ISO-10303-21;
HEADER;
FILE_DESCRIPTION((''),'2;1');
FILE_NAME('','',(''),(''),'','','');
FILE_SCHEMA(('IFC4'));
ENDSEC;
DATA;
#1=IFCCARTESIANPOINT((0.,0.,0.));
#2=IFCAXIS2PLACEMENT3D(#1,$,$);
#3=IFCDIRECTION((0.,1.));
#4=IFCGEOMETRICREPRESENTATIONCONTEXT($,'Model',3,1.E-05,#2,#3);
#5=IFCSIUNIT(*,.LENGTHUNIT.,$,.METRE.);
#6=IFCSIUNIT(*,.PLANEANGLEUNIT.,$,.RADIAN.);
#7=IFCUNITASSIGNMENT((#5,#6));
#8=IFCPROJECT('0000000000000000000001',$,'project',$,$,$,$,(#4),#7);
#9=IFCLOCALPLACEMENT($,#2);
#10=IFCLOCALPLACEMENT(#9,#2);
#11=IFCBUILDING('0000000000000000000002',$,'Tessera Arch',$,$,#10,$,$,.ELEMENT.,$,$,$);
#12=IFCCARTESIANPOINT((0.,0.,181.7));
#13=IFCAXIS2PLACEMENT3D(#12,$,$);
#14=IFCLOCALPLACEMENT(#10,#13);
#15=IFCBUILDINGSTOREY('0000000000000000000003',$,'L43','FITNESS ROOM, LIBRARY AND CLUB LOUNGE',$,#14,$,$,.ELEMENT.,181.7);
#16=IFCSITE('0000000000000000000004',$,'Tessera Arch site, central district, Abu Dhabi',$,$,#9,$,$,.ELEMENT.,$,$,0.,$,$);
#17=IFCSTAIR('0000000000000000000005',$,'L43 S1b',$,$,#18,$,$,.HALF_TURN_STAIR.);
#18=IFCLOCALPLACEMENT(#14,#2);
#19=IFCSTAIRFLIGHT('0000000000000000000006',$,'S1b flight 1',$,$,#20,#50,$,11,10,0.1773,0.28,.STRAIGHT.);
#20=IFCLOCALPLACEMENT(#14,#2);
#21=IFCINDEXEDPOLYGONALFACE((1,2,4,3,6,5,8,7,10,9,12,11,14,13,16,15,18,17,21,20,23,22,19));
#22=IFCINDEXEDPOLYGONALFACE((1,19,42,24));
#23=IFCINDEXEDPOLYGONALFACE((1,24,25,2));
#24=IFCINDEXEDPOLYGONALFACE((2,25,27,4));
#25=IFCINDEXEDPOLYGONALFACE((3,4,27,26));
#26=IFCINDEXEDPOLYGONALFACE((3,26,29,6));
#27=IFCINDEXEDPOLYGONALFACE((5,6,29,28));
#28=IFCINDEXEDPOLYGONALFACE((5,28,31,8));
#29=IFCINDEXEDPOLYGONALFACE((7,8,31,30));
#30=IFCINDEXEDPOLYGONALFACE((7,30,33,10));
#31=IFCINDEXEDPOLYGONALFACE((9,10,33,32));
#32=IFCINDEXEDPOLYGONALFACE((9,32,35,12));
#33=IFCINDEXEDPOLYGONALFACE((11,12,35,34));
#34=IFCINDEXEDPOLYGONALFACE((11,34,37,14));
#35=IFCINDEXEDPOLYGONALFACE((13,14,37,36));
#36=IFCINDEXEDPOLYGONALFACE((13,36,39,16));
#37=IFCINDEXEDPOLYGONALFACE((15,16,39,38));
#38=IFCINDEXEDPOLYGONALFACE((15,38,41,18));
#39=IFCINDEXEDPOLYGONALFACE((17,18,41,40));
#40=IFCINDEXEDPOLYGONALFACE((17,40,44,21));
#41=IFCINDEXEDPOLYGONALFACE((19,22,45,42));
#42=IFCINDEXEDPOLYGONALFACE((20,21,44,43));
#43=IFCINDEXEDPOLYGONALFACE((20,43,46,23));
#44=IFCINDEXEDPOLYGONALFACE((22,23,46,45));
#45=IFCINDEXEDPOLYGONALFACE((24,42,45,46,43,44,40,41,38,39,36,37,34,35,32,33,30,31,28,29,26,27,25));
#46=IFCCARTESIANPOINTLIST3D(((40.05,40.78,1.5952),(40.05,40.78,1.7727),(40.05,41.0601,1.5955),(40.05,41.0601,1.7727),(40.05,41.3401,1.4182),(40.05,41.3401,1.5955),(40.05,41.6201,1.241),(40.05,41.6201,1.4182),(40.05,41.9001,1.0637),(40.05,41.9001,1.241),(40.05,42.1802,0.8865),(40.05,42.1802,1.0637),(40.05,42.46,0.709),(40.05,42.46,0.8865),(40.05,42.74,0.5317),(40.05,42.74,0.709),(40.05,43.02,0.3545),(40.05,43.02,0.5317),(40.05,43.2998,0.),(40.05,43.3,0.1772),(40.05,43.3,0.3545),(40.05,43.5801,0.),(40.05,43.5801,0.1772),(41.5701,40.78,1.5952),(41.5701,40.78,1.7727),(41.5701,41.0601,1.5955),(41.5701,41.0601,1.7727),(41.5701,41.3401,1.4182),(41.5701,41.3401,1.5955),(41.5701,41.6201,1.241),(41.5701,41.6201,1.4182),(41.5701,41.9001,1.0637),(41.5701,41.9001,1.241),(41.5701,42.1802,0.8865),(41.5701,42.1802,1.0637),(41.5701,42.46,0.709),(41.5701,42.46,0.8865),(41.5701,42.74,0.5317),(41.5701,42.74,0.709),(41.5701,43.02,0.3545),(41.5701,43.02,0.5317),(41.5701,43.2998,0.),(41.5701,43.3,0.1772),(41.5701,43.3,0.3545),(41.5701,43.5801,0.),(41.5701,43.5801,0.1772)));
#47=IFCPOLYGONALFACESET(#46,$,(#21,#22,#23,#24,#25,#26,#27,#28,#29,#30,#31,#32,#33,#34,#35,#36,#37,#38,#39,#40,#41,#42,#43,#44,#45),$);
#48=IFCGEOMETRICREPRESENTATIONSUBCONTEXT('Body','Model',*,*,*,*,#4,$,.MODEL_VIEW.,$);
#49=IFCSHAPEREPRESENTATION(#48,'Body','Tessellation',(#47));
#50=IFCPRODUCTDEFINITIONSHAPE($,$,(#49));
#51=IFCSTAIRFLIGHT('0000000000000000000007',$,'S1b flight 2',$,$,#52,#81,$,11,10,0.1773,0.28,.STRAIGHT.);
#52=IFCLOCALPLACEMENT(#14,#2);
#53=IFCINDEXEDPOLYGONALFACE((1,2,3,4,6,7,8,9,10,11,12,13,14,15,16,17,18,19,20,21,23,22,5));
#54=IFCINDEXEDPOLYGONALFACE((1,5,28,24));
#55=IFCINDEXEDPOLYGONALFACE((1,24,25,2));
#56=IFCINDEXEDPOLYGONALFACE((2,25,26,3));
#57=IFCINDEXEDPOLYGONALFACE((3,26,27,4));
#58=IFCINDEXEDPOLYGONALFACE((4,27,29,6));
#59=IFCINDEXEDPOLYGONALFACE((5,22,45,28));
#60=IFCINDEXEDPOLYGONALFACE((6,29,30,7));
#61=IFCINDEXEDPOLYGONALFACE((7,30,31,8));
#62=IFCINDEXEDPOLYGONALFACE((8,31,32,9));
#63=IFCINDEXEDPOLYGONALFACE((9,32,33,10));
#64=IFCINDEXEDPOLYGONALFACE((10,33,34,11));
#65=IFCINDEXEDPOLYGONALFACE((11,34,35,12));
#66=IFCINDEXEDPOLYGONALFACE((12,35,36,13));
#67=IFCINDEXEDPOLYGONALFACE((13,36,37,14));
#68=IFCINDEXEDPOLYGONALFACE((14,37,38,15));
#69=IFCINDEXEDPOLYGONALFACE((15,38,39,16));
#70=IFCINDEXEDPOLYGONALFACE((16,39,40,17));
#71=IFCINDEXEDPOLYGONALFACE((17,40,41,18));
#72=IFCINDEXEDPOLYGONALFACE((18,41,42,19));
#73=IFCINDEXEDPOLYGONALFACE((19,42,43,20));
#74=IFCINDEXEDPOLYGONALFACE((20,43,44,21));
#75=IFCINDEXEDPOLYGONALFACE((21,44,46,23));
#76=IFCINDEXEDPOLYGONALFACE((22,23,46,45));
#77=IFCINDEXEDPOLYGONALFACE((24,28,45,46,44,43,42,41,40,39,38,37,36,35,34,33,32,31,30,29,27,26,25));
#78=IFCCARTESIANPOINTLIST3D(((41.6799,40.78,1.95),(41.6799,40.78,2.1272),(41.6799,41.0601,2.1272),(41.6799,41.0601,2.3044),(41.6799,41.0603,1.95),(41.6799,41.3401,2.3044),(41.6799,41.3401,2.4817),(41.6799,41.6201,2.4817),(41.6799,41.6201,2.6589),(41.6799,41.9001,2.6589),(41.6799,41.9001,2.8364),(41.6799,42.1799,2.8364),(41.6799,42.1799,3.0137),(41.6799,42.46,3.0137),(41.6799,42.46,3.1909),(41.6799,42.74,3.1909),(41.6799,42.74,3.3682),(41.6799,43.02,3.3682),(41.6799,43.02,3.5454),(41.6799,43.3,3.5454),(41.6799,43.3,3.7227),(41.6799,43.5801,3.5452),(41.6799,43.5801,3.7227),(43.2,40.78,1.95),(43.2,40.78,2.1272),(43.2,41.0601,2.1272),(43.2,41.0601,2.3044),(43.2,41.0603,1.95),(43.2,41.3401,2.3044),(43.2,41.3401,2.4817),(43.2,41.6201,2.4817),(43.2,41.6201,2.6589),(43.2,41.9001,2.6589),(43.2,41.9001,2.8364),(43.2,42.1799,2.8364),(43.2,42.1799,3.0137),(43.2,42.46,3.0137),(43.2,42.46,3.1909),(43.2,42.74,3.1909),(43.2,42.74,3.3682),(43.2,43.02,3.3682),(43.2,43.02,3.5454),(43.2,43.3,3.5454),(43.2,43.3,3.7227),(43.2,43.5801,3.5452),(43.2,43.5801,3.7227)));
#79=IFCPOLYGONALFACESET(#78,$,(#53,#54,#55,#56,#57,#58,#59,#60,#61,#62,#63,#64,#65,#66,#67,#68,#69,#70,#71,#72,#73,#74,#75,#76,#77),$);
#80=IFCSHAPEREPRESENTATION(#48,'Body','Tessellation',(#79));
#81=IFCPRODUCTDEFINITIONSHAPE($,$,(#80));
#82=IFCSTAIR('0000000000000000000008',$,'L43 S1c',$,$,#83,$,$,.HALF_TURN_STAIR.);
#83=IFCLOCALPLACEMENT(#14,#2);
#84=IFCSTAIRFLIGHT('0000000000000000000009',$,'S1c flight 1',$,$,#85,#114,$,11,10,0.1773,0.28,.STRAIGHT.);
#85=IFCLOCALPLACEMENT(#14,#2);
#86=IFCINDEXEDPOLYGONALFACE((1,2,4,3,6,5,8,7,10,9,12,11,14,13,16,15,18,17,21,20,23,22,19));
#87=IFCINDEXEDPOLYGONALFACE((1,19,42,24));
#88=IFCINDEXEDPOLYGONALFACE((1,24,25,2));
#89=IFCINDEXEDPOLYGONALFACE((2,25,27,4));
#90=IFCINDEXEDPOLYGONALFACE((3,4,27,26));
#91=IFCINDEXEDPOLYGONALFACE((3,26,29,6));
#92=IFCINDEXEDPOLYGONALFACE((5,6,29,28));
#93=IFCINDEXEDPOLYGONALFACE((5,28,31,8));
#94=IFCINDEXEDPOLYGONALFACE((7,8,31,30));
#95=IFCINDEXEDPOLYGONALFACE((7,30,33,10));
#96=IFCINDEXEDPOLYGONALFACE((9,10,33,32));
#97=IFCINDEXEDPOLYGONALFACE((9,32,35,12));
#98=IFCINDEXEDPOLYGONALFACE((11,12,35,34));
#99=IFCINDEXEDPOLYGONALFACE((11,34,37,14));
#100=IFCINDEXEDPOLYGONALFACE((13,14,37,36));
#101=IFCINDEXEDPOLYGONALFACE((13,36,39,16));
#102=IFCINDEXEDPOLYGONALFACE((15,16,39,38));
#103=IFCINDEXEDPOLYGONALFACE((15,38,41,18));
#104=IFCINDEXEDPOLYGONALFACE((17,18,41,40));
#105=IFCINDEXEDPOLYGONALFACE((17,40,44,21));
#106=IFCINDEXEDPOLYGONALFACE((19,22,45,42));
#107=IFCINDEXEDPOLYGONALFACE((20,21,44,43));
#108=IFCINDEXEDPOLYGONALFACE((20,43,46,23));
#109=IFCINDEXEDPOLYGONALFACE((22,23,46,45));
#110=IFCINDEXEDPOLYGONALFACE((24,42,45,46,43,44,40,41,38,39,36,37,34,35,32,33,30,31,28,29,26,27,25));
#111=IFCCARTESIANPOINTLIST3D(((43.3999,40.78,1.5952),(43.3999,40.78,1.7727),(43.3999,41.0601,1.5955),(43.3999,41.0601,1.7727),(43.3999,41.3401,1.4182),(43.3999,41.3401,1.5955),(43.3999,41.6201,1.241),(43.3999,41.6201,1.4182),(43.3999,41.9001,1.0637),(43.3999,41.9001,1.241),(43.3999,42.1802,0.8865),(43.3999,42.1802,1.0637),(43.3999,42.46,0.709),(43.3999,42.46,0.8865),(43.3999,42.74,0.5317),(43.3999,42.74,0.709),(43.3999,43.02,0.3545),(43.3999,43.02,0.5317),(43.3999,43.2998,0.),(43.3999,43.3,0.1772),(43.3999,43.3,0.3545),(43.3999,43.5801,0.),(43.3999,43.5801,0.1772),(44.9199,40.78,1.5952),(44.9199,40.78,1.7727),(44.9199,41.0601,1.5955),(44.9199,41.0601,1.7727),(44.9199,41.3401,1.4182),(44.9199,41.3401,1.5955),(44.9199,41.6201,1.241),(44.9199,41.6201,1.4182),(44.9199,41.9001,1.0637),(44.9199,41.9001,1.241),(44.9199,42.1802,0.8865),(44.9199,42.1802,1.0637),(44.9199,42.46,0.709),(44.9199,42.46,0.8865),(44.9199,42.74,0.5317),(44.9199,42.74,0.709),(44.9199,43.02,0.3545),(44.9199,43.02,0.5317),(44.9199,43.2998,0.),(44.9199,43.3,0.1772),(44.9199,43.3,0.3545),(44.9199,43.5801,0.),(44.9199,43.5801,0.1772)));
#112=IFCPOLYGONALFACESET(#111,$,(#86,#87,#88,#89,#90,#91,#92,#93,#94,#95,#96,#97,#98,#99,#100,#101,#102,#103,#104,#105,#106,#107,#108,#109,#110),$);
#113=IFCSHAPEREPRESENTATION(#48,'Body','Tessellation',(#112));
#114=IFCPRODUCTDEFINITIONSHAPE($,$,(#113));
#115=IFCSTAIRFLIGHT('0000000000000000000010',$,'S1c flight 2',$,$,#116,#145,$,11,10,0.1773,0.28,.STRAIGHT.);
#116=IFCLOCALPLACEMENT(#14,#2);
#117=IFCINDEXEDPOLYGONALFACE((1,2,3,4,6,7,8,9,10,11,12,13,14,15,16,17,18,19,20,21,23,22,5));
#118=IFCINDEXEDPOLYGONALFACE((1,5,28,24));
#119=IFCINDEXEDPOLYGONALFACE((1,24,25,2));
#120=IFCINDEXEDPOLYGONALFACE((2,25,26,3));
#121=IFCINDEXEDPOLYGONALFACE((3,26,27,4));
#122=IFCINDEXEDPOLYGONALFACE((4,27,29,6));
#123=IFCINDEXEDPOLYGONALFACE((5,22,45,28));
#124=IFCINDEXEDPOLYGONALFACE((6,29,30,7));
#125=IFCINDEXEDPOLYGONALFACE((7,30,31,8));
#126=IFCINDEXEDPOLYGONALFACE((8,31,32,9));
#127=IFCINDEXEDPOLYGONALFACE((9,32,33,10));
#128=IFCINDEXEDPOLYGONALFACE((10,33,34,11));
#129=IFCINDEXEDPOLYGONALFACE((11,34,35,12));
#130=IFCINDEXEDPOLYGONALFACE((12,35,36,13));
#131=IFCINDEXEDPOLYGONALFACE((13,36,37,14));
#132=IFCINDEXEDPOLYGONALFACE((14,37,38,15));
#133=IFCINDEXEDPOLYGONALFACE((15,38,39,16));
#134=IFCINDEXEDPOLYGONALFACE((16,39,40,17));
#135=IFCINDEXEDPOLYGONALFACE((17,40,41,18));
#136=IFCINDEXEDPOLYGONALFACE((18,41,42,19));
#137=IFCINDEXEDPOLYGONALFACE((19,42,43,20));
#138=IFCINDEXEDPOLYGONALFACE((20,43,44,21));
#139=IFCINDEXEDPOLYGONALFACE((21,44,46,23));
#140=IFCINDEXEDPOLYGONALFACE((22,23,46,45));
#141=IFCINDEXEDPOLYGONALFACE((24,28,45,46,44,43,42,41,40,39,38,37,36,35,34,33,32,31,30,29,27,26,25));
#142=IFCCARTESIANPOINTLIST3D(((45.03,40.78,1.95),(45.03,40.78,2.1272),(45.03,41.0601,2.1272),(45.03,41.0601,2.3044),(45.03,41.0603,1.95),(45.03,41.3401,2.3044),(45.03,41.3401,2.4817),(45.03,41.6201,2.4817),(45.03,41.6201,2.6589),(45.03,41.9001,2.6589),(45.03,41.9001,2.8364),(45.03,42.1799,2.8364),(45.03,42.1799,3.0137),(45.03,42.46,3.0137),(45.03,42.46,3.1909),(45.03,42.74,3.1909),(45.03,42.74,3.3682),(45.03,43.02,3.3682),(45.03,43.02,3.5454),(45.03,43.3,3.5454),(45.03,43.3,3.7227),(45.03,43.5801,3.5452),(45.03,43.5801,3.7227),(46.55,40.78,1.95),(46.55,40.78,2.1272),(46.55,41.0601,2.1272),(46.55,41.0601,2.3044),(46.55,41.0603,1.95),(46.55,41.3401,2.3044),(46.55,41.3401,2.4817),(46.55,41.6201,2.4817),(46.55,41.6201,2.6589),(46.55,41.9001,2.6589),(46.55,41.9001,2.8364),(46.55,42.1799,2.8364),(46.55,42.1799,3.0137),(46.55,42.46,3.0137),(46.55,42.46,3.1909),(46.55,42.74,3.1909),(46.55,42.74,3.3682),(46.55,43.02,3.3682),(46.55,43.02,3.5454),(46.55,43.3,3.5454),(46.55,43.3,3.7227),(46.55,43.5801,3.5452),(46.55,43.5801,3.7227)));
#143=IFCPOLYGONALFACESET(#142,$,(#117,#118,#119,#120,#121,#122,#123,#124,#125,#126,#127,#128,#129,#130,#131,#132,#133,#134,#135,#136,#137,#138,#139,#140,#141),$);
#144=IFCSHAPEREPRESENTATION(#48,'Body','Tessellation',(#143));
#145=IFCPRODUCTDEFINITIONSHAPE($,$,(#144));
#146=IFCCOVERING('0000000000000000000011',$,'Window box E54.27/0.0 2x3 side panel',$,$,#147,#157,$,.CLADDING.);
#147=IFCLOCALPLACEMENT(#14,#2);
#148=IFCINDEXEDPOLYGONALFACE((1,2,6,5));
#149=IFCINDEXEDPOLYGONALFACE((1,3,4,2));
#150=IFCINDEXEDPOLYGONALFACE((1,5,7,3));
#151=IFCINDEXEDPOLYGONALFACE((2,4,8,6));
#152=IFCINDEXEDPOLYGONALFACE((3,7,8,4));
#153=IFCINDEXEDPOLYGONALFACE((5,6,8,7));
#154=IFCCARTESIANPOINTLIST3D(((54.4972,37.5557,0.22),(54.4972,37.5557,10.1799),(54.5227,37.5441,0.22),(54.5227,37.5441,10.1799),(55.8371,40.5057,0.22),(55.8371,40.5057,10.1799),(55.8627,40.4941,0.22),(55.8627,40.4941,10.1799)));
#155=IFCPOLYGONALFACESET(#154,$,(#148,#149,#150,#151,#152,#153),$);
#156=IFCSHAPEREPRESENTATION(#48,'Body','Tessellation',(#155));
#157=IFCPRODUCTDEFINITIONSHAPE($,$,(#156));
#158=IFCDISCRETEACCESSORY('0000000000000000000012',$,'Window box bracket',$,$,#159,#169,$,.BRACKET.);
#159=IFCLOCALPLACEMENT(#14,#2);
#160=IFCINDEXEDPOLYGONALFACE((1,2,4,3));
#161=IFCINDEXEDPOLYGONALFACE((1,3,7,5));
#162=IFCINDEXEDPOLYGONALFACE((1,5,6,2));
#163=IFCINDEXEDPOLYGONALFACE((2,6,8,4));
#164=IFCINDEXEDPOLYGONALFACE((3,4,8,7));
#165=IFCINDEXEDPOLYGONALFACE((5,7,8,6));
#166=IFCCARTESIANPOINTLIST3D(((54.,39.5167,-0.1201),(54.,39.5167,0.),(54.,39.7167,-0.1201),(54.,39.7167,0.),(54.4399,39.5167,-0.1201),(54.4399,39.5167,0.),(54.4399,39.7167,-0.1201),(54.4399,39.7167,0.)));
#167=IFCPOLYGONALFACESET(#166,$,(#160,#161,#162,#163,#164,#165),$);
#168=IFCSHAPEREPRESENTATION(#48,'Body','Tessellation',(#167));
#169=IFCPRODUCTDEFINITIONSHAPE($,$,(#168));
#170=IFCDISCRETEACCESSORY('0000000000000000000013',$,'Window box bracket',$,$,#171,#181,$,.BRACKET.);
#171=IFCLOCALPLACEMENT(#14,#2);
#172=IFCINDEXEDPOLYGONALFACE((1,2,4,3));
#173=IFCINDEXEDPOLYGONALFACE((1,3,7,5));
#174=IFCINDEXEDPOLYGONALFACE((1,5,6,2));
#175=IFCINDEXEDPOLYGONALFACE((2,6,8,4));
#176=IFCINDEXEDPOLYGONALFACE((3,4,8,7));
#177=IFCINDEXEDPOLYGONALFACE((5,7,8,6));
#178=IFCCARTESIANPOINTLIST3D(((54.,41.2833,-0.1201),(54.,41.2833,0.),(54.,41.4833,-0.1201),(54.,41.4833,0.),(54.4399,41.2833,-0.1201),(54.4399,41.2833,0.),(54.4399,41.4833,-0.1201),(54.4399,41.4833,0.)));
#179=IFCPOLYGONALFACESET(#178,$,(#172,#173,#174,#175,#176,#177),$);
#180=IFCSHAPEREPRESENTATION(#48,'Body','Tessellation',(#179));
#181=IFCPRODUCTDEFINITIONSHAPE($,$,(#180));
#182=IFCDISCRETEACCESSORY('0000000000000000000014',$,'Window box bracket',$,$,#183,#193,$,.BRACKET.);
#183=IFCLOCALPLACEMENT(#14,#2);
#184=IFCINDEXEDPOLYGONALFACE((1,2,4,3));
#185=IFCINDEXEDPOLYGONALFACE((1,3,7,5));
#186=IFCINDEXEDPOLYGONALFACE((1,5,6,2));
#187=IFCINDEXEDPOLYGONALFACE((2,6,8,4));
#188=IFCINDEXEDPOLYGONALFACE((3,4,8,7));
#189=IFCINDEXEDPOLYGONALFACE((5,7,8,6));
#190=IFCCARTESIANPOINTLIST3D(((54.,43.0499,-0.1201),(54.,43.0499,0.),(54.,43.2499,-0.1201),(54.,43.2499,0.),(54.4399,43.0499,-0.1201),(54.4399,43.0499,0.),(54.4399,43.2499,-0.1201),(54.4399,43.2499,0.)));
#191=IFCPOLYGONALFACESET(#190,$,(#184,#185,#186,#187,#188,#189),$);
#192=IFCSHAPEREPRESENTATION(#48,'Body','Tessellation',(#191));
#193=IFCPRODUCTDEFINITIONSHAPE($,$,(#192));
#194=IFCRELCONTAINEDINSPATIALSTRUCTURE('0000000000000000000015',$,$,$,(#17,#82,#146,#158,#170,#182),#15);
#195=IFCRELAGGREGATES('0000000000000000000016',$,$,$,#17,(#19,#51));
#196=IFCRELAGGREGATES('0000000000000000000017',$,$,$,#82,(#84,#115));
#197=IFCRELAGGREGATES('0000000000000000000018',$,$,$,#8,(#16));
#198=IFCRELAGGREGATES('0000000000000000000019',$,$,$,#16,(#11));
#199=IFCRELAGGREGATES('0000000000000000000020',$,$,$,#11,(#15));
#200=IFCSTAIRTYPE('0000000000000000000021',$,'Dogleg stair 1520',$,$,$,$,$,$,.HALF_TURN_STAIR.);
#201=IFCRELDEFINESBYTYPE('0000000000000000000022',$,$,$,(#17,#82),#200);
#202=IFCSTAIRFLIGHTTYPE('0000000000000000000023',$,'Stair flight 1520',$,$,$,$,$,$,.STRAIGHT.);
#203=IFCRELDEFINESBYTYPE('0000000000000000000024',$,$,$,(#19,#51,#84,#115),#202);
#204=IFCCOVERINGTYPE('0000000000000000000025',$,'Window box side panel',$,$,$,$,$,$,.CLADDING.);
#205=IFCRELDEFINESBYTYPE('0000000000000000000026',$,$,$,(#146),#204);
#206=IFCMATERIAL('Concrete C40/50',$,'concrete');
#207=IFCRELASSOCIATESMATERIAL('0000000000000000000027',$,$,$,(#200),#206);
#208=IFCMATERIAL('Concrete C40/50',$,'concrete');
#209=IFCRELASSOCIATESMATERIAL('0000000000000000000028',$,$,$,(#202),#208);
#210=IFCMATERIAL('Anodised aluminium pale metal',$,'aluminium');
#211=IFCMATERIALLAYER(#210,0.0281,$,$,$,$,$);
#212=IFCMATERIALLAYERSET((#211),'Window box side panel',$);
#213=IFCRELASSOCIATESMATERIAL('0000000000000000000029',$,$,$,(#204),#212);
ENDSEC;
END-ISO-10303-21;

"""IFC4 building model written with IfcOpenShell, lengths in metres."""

from ifc_helpers import new_model, si_unit, direction, frame, origin, origin_2d, place, context, subcontext, project, spatial, polyline, rectangle, outline, extrude, material, layer, layer_set, type_object, element, aggregate, save


model = new_model("IFC4")

# Units and contexts
model_context = context("Model", 3, precision=1e-05, world=origin(), true_north=direction((0.0, 1.0)))
body_context = subcontext(model_context, "Body", "Model", "MODEL_VIEW")
ifc_project = project(units=[si_unit("LENGTHUNIT", "METRE"), si_unit("PLANEANGLEUNIT", "RADIAN")], contexts=[model_context])

# Site, building, storey
site_placement = place(None, origin())
site = spatial("IfcSite", under=ifc_project, at=site_placement, Name="Tessera Arch site, central district, Abu Dhabi", CompositionType="ELEMENT", RefElevation=0.0)
building_placement = place(site_placement, origin())
building = spatial("IfcBuilding", under=site, at=building_placement, Name="Tessera Arch", CompositionType="ELEMENT")
storey_placement = place(building_placement, frame((0.0, 0.0, 181.7)))
storey = spatial("IfcBuildingStorey", under=building, at=storey_placement, Name="L43", Description="FITNESS ROOM, LIBRARY AND CLUB LOUNGE", CompositionType="ELEMENT", Elevation=181.7)

# Shared definitions
ifc_material_1 = material(Name="Concrete C40/50", Category="concrete")
stair_type = type_object("IfcStairType", Name="Dogleg stair 1520", PredefinedType="HALF_TURN_STAIR", material=ifc_material_1)
ifc_material_2 = material(Name="Concrete C40/50", Category="concrete")
stair_flight_type = type_object("IfcStairFlightType", Name="Stair flight 1520", PredefinedType="STRAIGHT", material=ifc_material_2)

# Stairs, stair flights
stair_1_placement = place(storey_placement, origin())
stair_1 = element("IfcStair", 1, at=stair_1_placement, inside=storey, type_object=stair_type, Name="L43 S1b", PredefinedType="HALF_TURN_STAIR")
stair_flight_1_placement = place(storey_placement, frame((40.8101, 43.5801, 0.0), z_axis=(0.0, 0.0, 1.0), x_axis=(0.0, -1.0, 0.0)))
stair_flight_1 = element("IfcStairFlight", 2, at=stair_flight_1_placement, type_object=stair_flight_type, Name="S1b flight 1", NumberOfRisers=11, NumberOfTreads=10, PredefinedType="STRAIGHT", RiserHeight=0.1773, TreadLength=0.28, context=body_context, shape_type="SweptSolid", body=[
    extrude(outline(polyline([(0.0, 0.0), (0.0, 0.1772), (0.28, 0.1772), (0.28, 0.3545), (0.5601, 0.3545), (0.5601, 0.5317), (0.8401, 0.5317), (0.8401, 0.709), (1.1201, 0.709), (1.1201, 0.8865), (1.3999, 0.8865), (1.3999, 1.0637), (1.6799, 1.0637), (1.6799, 1.241), (1.96, 1.241), (1.96, 1.4182), (2.24, 1.4182), (2.24, 1.5955), (2.52, 1.5955), (2.52, 1.7727), (2.8, 1.7727), (2.8, 1.95), (2.8, 1.5952), (0.2803, 0.0), (0.0, 0.0)])), frame((0.0, 0.76, 0.0), z_axis=(0.0, -1.0, 0.0), x_axis=(1.0, 0.0, 0.0)), (0.0, 0.0, 1.0), 1.52),
])
stair_flight_2_placement = place(storey_placement, frame((42.4399, 40.78, 1.95), z_axis=(0.0, 0.0, 1.0), x_axis=(0.0, 1.0, 0.0)))
stair_flight_2 = element("IfcStairFlight", 3, at=stair_flight_2_placement, type_object=stair_flight_type, Name="S1b flight 2", NumberOfRisers=11, NumberOfTreads=10, PredefinedType="STRAIGHT", RiserHeight=0.1773, TreadLength=0.28, context=body_context, shape_type="SweptSolid", body=[
    extrude(outline(polyline([(0.0, 0.0), (0.0, 0.1772), (0.28, 0.1772), (0.28, 0.3545), (0.5601, 0.3545), (0.5601, 0.5317), (0.8401, 0.5317), (0.8401, 0.709), (1.1201, 0.709), (1.1201, 0.8865), (1.3999, 0.8865), (1.3999, 1.0637), (1.6799, 1.0637), (1.6799, 1.241), (1.96, 1.241), (1.96, 1.4182), (2.24, 1.4182), (2.24, 1.5955), (2.52, 1.5955), (2.52, 1.7727), (2.8, 1.7727), (2.8, 1.95), (2.8, 1.5952), (0.2803, 0.0), (0.0, 0.0)])), frame((0.0, 0.76, 0.0), z_axis=(0.0, -1.0, 0.0), x_axis=(1.0, 0.0, 0.0)), (0.0, 0.0, 1.0), 1.52),
])
aggregate(stair_1, [stair_flight_1, stair_flight_2])
stair_2_placement = place(storey_placement, origin())
stair_2 = element("IfcStair", 4, at=stair_2_placement, inside=storey, type_object=stair_type, Name="L43 S1c", PredefinedType="HALF_TURN_STAIR")
stair_flight_3_placement = place(storey_placement, frame((44.1599, 43.5801, 0.0), z_axis=(0.0, 0.0, 1.0), x_axis=(0.0, -1.0, 0.0)))
stair_flight_3 = element("IfcStairFlight", 5, at=stair_flight_3_placement, type_object=stair_flight_type, Name="S1c flight 1", NumberOfRisers=11, NumberOfTreads=10, PredefinedType="STRAIGHT", RiserHeight=0.1773, TreadLength=0.28, context=body_context, shape_type="SweptSolid", body=[
    extrude(outline(polyline([(0.0, 0.0), (0.0, 0.1772), (0.28, 0.1772), (0.28, 0.3545), (0.5601, 0.3545), (0.5601, 0.5317), (0.8401, 0.5317), (0.8401, 0.709), (1.1201, 0.709), (1.1201, 0.8865), (1.3999, 0.8865), (1.3999, 1.0637), (1.6799, 1.0637), (1.6799, 1.241), (1.96, 1.241), (1.96, 1.4182), (2.24, 1.4182), (2.24, 1.5955), (2.52, 1.5955), (2.52, 1.7727), (2.8, 1.7727), (2.8, 1.95), (2.8, 1.5952), (0.2803, 0.0), (0.0, 0.0)])), frame((0.0, 0.76, 0.0), z_axis=(0.0, -1.0, 0.0), x_axis=(1.0, 0.0, 0.0)), (0.0, 0.0, 1.0), 1.52),
])
stair_flight_4_placement = place(storey_placement, frame((45.79, 40.78, 1.95), z_axis=(0.0, 0.0, 1.0), x_axis=(0.0, 1.0, 0.0)))
stair_flight_4 = element("IfcStairFlight", 6, at=stair_flight_4_placement, type_object=stair_flight_type, Name="S1c flight 2", NumberOfRisers=11, NumberOfTreads=10, PredefinedType="STRAIGHT", RiserHeight=0.1773, TreadLength=0.28, context=body_context, shape_type="SweptSolid", body=[
    extrude(outline(polyline([(0.0, 0.0), (0.0, 0.1772), (0.28, 0.1772), (0.28, 0.3545), (0.5601, 0.3545), (0.5601, 0.5317), (0.8401, 0.5317), (0.8401, 0.709), (1.1201, 0.709), (1.1201, 0.8865), (1.3999, 0.8865), (1.3999, 1.0637), (1.6799, 1.0637), (1.6799, 1.241), (1.96, 1.241), (1.96, 1.4182), (2.24, 1.4182), (2.24, 1.5955), (2.52, 1.5955), (2.52, 1.7727), (2.8, 1.7727), (2.8, 1.95), (2.8, 1.5952), (0.2803, 0.0), (0.0, 0.0)])), frame((0.0, 0.76, 0.0), z_axis=(0.0, -1.0, 0.0), x_axis=(1.0, 0.0, 0.0)), (0.0, 0.0, 1.0), 1.52),
])
aggregate(stair_2, [stair_flight_3, stair_flight_4])

# Covering
ifc_material_3 = material(Name="Anodised aluminium pale metal", Category="aluminium")
ifc_layer_1 = layer(ifc_material_3, 0.0281)
ifc_layer_set_1 = layer_set([ifc_layer_1], Name="Window box side panel")
covering_type = type_object("IfcCoveringType", Name="Window box side panel", PredefinedType="CLADDING", material=ifc_layer_set_1)
covering_placement = place(storey_placement, frame((55.1799, 39.0249, 0.22), z_axis=(0.0, 0.0, 1.0), x_axis=(0.41357, 0.910472, 0.0)))
element("IfcCovering", 7, at=covering_placement, inside=storey, type_object=covering_type, Name="Window box E54.27/0.0 2x3 side panel", PredefinedType="CLADDING", context=body_context, shape_type="SweptSolid", body=[
    extrude(rectangle(XDim=3.24, YDim=0.0281, at=origin_2d()), origin(), (0.0, 0.0, 1.0), 9.96),
])

# Discrete accessories
for number, where, z_axis, x_axis, name in (
    (8, (54.22, 39.6167, -0.1201), (0.0, 0.0, 1.0), (1.0, 0.0, 0.0), "Window box bracket"),
    (9, (54.22, 41.3833, -0.1201), (0.0, 0.0, 1.0), (1.0, 0.0, 0.0), "Window box bracket"),
    (10, (54.22, 43.1499, -0.1201), (0.0, 0.0, 1.0), (1.0, 0.0, 0.0), "Window box bracket"),
):
    element("IfcDiscreteAccessory", number, at=place(storey_placement, frame(where, z_axis=z_axis, x_axis=x_axis)), inside=storey, Name=name, PredefinedType="BRACKET", context=body_context, shape_type="SweptSolid", body=[
        extrude(rectangle(XDim=0.4399, YDim=0.2, at=origin_2d()), origin(), (0.0, 0.0, 1.0), 0.1201),
    ])

save(model, "model.ifc")
